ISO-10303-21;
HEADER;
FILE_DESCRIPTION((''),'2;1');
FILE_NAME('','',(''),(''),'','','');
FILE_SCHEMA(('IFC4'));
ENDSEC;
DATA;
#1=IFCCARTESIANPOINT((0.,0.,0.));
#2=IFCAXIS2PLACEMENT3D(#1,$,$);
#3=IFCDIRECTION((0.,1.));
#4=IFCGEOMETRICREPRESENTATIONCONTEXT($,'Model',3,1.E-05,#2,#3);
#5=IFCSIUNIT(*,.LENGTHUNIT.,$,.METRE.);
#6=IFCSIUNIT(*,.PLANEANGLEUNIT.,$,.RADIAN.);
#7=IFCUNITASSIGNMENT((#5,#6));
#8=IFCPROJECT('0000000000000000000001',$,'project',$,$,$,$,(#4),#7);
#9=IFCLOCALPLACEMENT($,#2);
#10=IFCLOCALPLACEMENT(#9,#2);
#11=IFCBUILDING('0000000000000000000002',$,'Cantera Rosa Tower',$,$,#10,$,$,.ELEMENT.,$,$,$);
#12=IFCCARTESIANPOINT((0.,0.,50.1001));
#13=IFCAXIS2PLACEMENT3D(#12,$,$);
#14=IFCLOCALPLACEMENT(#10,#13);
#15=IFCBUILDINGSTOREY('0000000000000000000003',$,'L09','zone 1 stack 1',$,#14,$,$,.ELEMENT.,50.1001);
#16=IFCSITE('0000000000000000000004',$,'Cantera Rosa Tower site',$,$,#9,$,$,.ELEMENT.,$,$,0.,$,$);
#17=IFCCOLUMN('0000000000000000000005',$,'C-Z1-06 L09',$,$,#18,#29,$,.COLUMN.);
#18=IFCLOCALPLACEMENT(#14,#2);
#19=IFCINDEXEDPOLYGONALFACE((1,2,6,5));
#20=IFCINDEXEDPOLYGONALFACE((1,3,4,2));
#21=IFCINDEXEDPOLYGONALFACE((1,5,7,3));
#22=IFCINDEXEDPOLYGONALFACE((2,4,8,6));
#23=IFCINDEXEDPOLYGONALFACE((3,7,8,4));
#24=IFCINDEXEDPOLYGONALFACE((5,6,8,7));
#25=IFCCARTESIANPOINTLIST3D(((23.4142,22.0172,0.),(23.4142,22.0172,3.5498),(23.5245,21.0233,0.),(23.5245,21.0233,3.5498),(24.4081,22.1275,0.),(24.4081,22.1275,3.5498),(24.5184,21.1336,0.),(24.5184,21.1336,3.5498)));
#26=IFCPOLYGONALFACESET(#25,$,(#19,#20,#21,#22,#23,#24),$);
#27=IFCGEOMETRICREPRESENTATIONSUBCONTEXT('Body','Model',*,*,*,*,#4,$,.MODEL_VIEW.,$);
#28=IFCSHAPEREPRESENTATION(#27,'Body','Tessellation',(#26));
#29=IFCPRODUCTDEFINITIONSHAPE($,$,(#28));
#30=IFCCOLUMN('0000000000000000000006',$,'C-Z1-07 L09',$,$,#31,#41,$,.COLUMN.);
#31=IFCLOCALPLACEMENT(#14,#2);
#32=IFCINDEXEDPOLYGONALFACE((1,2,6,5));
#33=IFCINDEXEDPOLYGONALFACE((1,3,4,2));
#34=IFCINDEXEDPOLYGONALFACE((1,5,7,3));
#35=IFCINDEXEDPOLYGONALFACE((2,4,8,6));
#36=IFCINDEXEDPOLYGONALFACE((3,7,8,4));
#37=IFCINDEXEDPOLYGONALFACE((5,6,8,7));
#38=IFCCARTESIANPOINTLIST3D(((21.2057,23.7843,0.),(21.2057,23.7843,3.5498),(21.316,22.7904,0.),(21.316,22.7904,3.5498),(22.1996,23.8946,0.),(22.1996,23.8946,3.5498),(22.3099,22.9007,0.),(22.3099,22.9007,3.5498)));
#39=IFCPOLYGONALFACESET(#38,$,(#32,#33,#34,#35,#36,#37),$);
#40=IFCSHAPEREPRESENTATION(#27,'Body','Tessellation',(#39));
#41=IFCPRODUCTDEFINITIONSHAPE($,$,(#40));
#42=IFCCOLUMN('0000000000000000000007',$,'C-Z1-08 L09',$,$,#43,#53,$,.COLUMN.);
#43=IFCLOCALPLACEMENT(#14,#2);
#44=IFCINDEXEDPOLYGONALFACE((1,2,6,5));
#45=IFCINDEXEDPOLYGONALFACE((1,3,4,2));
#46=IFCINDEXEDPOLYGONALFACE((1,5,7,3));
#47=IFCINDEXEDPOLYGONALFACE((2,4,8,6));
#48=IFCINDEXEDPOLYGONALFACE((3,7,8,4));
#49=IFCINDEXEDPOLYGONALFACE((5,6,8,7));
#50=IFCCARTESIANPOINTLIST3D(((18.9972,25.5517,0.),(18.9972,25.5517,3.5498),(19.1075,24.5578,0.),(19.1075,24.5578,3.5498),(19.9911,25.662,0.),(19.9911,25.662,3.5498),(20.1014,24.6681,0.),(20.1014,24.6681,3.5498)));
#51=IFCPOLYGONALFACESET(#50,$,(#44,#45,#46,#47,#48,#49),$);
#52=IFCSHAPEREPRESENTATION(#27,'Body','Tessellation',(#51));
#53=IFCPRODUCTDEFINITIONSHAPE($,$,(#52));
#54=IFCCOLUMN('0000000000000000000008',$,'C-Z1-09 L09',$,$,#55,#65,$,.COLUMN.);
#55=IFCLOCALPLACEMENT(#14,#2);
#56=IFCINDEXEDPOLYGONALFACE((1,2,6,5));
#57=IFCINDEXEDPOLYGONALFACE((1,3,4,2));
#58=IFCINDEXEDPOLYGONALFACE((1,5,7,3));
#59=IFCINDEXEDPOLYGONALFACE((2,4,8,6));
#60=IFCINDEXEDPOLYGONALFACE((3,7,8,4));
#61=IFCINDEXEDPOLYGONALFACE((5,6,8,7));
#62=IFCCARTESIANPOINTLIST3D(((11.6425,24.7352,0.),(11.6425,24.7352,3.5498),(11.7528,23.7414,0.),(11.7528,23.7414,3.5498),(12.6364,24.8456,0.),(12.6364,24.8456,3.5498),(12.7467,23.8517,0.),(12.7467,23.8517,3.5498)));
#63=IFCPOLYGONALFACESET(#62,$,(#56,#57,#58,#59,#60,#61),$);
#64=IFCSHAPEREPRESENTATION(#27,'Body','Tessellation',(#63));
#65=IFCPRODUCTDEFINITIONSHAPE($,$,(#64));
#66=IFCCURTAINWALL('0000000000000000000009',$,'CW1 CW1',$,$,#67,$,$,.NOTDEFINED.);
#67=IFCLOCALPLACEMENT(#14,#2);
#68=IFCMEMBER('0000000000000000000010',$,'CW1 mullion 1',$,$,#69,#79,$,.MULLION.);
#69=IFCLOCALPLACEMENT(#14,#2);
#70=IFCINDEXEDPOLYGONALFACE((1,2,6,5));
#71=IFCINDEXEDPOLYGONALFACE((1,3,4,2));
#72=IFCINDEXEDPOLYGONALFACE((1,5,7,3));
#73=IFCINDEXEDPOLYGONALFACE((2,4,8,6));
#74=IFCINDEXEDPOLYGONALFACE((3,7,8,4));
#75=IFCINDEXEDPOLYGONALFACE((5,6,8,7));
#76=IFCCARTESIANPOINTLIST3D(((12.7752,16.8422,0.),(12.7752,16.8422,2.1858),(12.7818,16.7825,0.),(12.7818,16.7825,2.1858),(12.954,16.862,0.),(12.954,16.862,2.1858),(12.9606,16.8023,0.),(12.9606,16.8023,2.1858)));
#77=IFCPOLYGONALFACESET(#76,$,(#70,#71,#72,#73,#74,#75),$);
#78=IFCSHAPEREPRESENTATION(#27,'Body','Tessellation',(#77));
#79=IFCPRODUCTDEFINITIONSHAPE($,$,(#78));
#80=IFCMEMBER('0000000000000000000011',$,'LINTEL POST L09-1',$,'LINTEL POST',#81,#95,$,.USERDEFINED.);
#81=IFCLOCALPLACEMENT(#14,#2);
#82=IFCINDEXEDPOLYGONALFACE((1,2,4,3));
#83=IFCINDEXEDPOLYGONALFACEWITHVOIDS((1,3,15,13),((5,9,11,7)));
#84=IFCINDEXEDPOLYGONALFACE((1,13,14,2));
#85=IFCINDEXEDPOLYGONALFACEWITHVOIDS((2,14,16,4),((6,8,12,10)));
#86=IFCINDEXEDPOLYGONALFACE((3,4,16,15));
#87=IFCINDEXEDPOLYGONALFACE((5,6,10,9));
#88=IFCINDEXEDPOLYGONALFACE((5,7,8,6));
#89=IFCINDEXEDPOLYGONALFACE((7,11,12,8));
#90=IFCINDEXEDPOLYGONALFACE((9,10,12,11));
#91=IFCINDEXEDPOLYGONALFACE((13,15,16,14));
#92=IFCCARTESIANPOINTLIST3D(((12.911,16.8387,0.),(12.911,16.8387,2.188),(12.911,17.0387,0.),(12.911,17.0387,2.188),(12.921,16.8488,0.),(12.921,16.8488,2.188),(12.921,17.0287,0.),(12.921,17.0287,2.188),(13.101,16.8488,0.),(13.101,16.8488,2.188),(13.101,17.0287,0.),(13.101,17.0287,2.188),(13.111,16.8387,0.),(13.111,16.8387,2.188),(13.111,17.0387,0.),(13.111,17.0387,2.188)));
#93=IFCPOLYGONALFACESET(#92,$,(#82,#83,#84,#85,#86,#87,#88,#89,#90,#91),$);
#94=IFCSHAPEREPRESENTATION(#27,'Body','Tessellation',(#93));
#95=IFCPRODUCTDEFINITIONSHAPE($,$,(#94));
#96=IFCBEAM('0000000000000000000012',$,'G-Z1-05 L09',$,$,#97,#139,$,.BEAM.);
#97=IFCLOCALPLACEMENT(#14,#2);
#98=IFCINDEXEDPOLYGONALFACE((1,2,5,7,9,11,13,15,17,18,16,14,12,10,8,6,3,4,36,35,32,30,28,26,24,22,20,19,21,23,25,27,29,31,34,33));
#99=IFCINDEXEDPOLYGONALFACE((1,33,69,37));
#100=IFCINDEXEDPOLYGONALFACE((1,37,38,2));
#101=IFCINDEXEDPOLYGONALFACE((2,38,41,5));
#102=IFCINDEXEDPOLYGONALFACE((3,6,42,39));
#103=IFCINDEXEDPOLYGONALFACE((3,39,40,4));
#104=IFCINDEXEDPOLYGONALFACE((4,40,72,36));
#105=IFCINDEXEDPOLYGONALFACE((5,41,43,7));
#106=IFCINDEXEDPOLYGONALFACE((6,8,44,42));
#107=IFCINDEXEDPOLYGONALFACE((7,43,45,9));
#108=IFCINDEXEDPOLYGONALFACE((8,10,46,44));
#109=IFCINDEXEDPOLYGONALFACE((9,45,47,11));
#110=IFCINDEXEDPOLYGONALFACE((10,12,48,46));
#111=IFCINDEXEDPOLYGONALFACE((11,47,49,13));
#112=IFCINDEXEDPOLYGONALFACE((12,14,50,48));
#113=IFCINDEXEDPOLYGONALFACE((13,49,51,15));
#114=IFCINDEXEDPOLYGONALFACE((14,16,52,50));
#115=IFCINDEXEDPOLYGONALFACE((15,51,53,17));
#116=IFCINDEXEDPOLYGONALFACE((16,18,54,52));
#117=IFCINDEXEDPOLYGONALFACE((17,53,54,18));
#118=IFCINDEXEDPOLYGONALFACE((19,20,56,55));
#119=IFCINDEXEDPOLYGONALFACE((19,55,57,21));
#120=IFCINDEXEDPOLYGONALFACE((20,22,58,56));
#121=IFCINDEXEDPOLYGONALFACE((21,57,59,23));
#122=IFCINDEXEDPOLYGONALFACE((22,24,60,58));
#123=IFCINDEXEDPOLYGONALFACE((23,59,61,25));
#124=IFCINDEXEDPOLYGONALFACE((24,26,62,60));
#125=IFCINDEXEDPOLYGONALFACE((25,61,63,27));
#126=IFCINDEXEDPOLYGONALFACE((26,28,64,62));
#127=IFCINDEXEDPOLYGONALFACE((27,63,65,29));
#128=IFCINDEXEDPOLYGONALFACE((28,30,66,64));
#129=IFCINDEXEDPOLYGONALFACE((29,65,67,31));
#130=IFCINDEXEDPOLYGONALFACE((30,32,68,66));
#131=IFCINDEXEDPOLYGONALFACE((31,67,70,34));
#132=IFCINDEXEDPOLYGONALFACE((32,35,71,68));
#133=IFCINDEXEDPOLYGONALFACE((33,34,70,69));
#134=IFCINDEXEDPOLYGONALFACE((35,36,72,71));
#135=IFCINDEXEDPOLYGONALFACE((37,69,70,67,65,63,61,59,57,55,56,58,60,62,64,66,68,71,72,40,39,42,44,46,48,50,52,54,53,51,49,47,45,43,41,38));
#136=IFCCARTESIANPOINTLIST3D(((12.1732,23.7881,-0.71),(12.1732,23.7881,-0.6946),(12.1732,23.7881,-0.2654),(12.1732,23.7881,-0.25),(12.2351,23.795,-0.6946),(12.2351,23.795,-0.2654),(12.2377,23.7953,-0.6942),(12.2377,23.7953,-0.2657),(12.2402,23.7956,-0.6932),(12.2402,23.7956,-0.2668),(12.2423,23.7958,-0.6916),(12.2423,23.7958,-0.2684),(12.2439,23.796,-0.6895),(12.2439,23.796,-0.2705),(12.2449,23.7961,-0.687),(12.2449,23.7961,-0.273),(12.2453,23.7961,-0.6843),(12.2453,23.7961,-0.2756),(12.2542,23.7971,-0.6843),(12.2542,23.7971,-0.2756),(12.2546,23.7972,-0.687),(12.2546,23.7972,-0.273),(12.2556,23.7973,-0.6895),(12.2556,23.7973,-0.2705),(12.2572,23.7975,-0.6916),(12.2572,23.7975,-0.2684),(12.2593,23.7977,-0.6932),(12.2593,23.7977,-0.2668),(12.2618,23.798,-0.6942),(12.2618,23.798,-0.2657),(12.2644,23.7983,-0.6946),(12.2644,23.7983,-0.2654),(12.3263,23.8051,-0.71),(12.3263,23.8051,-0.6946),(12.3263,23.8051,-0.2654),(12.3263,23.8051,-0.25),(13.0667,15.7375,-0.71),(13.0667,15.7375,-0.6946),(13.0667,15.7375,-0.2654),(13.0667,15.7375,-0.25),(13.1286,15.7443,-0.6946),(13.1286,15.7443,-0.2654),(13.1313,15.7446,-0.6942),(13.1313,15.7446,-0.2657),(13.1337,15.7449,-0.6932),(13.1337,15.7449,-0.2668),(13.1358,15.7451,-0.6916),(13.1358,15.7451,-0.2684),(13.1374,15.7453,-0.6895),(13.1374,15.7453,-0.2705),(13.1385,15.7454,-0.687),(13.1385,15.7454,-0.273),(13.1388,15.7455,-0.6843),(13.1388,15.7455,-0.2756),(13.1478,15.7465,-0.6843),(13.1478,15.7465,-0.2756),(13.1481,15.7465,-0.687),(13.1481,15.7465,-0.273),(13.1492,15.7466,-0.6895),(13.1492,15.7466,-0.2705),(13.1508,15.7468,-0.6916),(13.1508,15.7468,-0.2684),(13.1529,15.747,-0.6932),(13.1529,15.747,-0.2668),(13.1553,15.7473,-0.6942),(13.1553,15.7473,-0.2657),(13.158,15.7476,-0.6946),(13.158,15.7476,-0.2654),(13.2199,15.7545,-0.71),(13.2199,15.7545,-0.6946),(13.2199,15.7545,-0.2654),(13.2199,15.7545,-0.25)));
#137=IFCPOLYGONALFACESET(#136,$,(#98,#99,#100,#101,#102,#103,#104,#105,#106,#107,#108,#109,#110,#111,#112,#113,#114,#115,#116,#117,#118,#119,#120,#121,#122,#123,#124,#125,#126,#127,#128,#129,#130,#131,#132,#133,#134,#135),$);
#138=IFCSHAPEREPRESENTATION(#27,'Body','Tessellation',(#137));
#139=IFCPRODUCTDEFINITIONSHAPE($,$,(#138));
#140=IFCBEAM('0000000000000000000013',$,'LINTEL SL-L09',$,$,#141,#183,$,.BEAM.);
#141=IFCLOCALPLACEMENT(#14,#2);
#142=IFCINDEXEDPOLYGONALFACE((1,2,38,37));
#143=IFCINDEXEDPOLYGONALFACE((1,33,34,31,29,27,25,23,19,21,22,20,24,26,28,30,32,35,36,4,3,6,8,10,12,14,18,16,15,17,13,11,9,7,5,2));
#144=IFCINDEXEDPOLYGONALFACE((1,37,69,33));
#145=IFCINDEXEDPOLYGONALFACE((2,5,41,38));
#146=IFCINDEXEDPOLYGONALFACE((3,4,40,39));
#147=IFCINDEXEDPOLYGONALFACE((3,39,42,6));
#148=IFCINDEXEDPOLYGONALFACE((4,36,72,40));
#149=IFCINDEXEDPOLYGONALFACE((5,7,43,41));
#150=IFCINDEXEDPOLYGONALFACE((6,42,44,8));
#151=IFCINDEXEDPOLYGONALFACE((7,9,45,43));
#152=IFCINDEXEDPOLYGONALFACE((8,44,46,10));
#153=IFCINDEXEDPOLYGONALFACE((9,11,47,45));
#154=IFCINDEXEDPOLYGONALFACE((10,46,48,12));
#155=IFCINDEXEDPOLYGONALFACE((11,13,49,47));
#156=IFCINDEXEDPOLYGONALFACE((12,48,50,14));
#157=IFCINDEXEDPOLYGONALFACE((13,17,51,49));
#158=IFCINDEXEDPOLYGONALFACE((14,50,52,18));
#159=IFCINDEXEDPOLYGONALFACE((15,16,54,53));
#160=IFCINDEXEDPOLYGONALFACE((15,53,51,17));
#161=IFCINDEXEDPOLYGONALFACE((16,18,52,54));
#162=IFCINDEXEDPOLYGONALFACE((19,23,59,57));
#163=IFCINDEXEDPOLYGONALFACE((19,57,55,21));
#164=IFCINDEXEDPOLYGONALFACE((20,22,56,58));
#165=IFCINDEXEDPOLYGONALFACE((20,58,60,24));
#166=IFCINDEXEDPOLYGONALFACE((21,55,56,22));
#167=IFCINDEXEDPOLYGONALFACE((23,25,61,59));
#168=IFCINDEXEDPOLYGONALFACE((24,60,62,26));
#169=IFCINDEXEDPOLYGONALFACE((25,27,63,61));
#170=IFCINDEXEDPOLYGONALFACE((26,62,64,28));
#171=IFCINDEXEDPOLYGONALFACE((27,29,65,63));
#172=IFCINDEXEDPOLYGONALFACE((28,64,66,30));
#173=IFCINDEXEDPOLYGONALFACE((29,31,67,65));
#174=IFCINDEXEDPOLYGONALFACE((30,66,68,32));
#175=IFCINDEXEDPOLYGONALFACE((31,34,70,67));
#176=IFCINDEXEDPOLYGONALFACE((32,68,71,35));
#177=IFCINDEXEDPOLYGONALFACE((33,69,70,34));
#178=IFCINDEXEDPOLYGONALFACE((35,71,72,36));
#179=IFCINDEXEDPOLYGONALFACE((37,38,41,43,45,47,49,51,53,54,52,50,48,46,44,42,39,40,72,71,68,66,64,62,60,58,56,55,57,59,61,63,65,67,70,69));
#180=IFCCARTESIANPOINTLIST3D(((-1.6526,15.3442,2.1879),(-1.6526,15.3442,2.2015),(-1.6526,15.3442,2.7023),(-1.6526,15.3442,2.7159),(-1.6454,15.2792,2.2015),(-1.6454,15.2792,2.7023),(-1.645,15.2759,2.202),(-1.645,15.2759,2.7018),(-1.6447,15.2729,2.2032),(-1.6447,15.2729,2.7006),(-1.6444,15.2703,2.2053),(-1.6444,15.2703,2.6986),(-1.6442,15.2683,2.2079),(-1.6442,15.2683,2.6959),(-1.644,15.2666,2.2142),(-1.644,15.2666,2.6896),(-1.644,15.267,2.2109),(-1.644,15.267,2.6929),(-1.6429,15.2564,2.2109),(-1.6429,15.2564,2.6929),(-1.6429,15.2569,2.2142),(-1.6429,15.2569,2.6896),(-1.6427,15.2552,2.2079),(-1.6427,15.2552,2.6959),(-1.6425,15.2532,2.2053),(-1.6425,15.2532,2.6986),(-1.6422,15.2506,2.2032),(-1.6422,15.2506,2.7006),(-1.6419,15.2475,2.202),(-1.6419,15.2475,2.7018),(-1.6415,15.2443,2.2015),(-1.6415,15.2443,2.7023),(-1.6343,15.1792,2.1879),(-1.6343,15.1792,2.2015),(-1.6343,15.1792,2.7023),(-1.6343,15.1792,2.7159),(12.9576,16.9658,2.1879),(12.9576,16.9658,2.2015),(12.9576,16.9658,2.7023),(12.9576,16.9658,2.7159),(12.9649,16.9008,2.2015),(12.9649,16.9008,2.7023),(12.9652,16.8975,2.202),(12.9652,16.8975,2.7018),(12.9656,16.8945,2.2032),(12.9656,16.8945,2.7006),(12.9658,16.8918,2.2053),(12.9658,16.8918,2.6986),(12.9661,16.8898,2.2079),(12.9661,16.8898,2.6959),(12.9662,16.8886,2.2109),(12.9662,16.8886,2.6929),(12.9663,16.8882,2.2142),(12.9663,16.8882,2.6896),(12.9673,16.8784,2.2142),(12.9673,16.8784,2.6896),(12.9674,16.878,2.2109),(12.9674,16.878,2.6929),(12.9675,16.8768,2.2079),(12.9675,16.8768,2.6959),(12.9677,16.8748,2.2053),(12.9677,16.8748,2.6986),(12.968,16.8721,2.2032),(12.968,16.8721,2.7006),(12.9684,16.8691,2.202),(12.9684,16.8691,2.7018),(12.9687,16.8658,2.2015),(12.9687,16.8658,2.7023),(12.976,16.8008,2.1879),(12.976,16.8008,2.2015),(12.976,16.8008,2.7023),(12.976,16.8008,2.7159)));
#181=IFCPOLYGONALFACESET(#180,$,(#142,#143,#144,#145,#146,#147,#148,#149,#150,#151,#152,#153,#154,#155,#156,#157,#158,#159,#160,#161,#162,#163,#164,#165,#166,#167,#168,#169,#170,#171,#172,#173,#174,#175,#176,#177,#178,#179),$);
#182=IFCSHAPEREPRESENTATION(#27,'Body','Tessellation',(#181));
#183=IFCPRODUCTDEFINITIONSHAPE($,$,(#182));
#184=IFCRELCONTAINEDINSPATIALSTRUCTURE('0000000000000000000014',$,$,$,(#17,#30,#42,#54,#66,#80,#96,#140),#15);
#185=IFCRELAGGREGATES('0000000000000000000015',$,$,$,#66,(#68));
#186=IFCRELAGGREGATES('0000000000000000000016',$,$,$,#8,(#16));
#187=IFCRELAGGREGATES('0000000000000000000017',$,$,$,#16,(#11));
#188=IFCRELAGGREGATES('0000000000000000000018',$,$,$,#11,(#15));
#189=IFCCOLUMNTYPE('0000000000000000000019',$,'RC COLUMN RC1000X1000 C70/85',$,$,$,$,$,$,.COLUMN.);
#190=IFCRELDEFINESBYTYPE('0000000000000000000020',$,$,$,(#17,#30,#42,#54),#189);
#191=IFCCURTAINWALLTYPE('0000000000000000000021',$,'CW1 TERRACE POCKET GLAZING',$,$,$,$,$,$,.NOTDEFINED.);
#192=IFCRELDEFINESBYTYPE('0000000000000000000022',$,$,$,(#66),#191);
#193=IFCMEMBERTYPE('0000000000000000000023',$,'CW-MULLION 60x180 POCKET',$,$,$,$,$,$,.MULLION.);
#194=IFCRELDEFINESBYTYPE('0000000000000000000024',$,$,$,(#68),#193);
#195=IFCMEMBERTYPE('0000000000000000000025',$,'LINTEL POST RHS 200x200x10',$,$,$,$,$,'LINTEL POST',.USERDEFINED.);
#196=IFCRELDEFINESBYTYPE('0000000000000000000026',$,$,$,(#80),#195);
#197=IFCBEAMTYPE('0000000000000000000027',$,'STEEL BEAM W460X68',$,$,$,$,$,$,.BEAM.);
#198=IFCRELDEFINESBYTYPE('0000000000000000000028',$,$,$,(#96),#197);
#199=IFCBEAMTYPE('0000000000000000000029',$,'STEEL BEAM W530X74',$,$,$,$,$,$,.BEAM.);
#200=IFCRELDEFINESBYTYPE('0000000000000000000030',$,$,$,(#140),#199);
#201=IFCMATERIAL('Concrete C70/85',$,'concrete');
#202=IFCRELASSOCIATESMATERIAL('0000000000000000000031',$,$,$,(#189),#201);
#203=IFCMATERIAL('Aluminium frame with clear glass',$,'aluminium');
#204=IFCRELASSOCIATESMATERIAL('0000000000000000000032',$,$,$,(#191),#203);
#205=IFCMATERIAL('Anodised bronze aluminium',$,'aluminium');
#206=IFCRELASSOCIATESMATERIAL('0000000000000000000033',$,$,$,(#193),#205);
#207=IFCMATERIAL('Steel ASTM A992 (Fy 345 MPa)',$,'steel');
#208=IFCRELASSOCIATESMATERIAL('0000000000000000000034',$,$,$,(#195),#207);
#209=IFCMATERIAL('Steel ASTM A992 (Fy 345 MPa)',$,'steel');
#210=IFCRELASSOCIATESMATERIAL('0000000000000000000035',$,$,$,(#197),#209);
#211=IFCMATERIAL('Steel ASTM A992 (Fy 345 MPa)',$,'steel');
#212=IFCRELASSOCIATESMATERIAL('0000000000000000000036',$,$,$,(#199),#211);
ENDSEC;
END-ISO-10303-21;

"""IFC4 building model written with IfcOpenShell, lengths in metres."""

from ifc_helpers import new_model, si_unit, direction, frame, origin, origin_2d, place, context, subcontext, project, spatial, rectangle, hollow_rectangle, i_section, extrude, material, material_profile, profile_set, type_object, element, aggregate, save


model = new_model("IFC4")

# Units and contexts
model_context = context("Model", 3, precision=1e-05, world=origin(), true_north=direction((0.0, 1.0)))
body_context = subcontext(model_context, "Body", "Model", "MODEL_VIEW")
ifc_project = project(units=[si_unit("LENGTHUNIT", "METRE"), si_unit("PLANEANGLEUNIT", "RADIAN")], contexts=[model_context])

# Site, building, storey
site_placement = place(None, origin())
site = spatial("IfcSite", under=ifc_project, at=site_placement, Name="Cantera Rosa Tower site", CompositionType="ELEMENT", RefElevation=0.0)
building_placement = place(site_placement, origin())
building = spatial("IfcBuilding", under=site, at=building_placement, Name="Cantera Rosa Tower", CompositionType="ELEMENT")
storey_placement = place(building_placement, frame((0.0, 0.0, 50.1001)))
storey = spatial("IfcBuildingStorey", under=building, at=storey_placement, Name="L09", Description="zone 1 stack 1", CompositionType="ELEMENT", Elevation=50.1001)

# Columns
ifc_material_1 = material(Name="Concrete C70/85", Category="concrete")
ifc_material_profile_1 = material_profile(ifc_material_1, rectangle(XDim=1.0, YDim=1.0, at=origin_2d()), Name="RC COLUMN RC1000X1000 C70/85")
ifc_profile_set_1 = profile_set([ifc_material_profile_1], Name="Concrete C70/85")
column_type = type_object("IfcColumnType", Name="RC COLUMN RC1000X1000 C70/85", PredefinedType="COLUMN", material=ifc_profile_set_1)
for number, where, z_axis, x_axis, name in (
    (1, (23.9663, 21.5754, 0.0), (0.0, 0.0, 1.0), (0.993897, 0.110313, 0.0), "C-Z1-06 L09"),
    (2, (21.7578, 23.3425, 0.0), (0.0, 0.0, 1.0), (0.993897, 0.110313, 0.0), "C-Z1-07 L09"),
    (3, (19.5493, 25.1099, 0.0), (0.0, 0.0, 1.0), (0.993897, 0.110313, 0.0), "C-Z1-08 L09"),
    (4, (12.1946, 24.2935, 0.0), (0.0, 0.0, 1.0), (0.993897, 0.110313, 0.0), "C-Z1-09 L09"),
):
    element("IfcColumn", number, at=place(storey_placement, frame(where, z_axis=z_axis, x_axis=x_axis)), inside=storey, type_object=column_type, Name=name, PredefinedType="COLUMN", context=body_context, shape_type="SweptSolid", body=[
        extrude(rectangle(XDim=1.0, YDim=1.0, at=origin_2d()), origin(), (0.0, 0.0, 1.0), 3.5498),
    ])

# Curtain wall, member
ifc_material_2 = material(Name="Aluminium frame with clear glass", Category="aluminium")
curtain_wall_type = type_object("IfcCurtainWallType", Name="CW1 TERRACE POCKET GLAZING", PredefinedType="NOTDEFINED", material=ifc_material_2)
curtain_wall_placement = place(storey_placement, origin())
curtain_wall = element("IfcCurtainWall", 5, at=curtain_wall_placement, inside=storey, type_object=curtain_wall_type, Name="CW1 CW1", PredefinedType="NOTDEFINED")
ifc_material_3 = material(Name="Anodised bronze aluminium", Category="aluminium")
ifc_material_profile_2 = material_profile(ifc_material_3, rectangle(XDim=0.0601, YDim=0.1799, at=origin_2d()), Name="CW-MULLION 60x180 POCKET")
ifc_profile_set_2 = profile_set([ifc_material_profile_2], Name="Anodised bronze aluminium")
member_type_1 = type_object("IfcMemberType", Name="CW-MULLION 60x180 POCKET", PredefinedType="MULLION", material=ifc_profile_set_2)
member_1_placement = place(storey_placement, frame((12.8679, 16.8223, 0.0), z_axis=(0.0, 0.0, 1.0), x_axis=(0.110313, -0.993897, 0.0)))
member_1 = element("IfcMember", 6, at=member_1_placement, type_object=member_type_1, Name="CW1 mullion 1", PredefinedType="MULLION", context=body_context, shape_type="SweptSolid", body=[
    extrude(rectangle(XDim=0.0601, YDim=0.1799, at=origin_2d()), origin(), (0.0, 0.0, 1.0), 2.1858),
])
aggregate(curtain_wall, [member_1])

# Member
ifc_material_4 = material(Name="Steel ASTM A992 (Fy 345 MPa)", Category="steel")
ifc_material_profile_3 = material_profile(ifc_material_4, hollow_rectangle(XDim=0.2, YDim=0.2, WallThickness=0.01, at=origin_2d()), Name="LINTEL POST RHS 200x200x10")
ifc_profile_set_3 = profile_set([ifc_material_profile_3], Name="Steel ASTM A992 (Fy 345 MPa)")
member_type_2 = type_object("IfcMemberType", Name="LINTEL POST RHS 200x200x10", ElementType="LINTEL POST", PredefinedType="USERDEFINED", material=ifc_profile_set_3)
member_2_placement = place(storey_placement, frame((13.011, 16.9387, 0.0), z_axis=(0.0, 0.0, 1.0), x_axis=(1.0, 0.0, 0.0)))
element("IfcMember", 7, at=member_2_placement, inside=storey, type_object=member_type_2, Name="LINTEL POST L09-1", ObjectType="LINTEL POST", PredefinedType="USERDEFINED", context=body_context, shape_type="SweptSolid", body=[
    extrude(hollow_rectangle(XDim=0.2, YDim=0.2, WallThickness=0.01, at=origin_2d()), origin(), (0.0, 0.0, 1.0), 2.188),
])

# Beams
ifc_material_5 = material(Name="Steel ASTM A992 (Fy 345 MPa)", Category="steel")
ifc_material_profile_4 = material_profile(ifc_material_5, i_section(OverallWidth=0.1541, OverallDepth=0.46, WebThickness=0.009, FlangeThickness=0.0154, FilletRadius=0.0103, at=origin_2d()), Name="W460X68")
ifc_profile_set_4 = profile_set([ifc_material_profile_4], Name="Steel ASTM A992 (Fy 345 MPa)")
beam_type_1 = type_object("IfcBeamType", Name="STEEL BEAM W460X68", PredefinedType="BEAM", material=ifc_profile_set_4)
beam_1_placement = place(storey_placement, frame((12.2498, 23.7966, -0.48), z_axis=(0.110312, -0.993897, 0.0), x_axis=(0.993897, 0.110312, 0.0)))
element("IfcBeam", 8, at=beam_1_placement, inside=storey, type_object=beam_type_1, Name="G-Z1-05 L09", PredefinedType="BEAM", context=body_context, shape_type="SweptSolid", body=[
    extrude(i_section(OverallWidth=0.1541, OverallDepth=0.46, WebThickness=0.009, FlangeThickness=0.0154, FilletRadius=0.0103, at=origin_2d()), origin(), (0.0, 0.0, 1.0), 8.1001),
])
ifc_material_6 = material(Name="Steel ASTM A992 (Fy 345 MPa)", Category="steel")
ifc_material_profile_5 = material_profile(ifc_material_6, i_section(OverallWidth=0.166, OverallDepth=0.5281, WebThickness=0.0098, FlangeThickness=0.0137, FilletRadius=0.0127, at=origin_2d()), Name="W530X74")
ifc_profile_set_5 = profile_set([ifc_material_profile_5], Name="Steel ASTM A992 (Fy 345 MPa)")
beam_type_2 = type_object("IfcBeamType", Name="STEEL BEAM W530X74", PredefinedType="BEAM", material=ifc_profile_set_5)
beam_2_placement = place(storey_placement, frame((12.9668, 16.8833, 2.4519), z_axis=(-0.993897, -0.110311, 0.0), x_axis=(0.110311, -0.993897, 0.0)))
element("IfcBeam", 9, at=beam_2_placement, inside=storey, type_object=beam_type_2, Name="LINTEL SL-L09", PredefinedType="BEAM", context=body_context, shape_type="SweptSolid", body=[
    extrude(i_section(OverallWidth=0.166, OverallDepth=0.5281, WebThickness=0.0098, FlangeThickness=0.0137, FilletRadius=0.0127, at=origin_2d()), origin(), (0.0, 0.0, 1.0), 14.7),
])

save(model, "model.ifc")
